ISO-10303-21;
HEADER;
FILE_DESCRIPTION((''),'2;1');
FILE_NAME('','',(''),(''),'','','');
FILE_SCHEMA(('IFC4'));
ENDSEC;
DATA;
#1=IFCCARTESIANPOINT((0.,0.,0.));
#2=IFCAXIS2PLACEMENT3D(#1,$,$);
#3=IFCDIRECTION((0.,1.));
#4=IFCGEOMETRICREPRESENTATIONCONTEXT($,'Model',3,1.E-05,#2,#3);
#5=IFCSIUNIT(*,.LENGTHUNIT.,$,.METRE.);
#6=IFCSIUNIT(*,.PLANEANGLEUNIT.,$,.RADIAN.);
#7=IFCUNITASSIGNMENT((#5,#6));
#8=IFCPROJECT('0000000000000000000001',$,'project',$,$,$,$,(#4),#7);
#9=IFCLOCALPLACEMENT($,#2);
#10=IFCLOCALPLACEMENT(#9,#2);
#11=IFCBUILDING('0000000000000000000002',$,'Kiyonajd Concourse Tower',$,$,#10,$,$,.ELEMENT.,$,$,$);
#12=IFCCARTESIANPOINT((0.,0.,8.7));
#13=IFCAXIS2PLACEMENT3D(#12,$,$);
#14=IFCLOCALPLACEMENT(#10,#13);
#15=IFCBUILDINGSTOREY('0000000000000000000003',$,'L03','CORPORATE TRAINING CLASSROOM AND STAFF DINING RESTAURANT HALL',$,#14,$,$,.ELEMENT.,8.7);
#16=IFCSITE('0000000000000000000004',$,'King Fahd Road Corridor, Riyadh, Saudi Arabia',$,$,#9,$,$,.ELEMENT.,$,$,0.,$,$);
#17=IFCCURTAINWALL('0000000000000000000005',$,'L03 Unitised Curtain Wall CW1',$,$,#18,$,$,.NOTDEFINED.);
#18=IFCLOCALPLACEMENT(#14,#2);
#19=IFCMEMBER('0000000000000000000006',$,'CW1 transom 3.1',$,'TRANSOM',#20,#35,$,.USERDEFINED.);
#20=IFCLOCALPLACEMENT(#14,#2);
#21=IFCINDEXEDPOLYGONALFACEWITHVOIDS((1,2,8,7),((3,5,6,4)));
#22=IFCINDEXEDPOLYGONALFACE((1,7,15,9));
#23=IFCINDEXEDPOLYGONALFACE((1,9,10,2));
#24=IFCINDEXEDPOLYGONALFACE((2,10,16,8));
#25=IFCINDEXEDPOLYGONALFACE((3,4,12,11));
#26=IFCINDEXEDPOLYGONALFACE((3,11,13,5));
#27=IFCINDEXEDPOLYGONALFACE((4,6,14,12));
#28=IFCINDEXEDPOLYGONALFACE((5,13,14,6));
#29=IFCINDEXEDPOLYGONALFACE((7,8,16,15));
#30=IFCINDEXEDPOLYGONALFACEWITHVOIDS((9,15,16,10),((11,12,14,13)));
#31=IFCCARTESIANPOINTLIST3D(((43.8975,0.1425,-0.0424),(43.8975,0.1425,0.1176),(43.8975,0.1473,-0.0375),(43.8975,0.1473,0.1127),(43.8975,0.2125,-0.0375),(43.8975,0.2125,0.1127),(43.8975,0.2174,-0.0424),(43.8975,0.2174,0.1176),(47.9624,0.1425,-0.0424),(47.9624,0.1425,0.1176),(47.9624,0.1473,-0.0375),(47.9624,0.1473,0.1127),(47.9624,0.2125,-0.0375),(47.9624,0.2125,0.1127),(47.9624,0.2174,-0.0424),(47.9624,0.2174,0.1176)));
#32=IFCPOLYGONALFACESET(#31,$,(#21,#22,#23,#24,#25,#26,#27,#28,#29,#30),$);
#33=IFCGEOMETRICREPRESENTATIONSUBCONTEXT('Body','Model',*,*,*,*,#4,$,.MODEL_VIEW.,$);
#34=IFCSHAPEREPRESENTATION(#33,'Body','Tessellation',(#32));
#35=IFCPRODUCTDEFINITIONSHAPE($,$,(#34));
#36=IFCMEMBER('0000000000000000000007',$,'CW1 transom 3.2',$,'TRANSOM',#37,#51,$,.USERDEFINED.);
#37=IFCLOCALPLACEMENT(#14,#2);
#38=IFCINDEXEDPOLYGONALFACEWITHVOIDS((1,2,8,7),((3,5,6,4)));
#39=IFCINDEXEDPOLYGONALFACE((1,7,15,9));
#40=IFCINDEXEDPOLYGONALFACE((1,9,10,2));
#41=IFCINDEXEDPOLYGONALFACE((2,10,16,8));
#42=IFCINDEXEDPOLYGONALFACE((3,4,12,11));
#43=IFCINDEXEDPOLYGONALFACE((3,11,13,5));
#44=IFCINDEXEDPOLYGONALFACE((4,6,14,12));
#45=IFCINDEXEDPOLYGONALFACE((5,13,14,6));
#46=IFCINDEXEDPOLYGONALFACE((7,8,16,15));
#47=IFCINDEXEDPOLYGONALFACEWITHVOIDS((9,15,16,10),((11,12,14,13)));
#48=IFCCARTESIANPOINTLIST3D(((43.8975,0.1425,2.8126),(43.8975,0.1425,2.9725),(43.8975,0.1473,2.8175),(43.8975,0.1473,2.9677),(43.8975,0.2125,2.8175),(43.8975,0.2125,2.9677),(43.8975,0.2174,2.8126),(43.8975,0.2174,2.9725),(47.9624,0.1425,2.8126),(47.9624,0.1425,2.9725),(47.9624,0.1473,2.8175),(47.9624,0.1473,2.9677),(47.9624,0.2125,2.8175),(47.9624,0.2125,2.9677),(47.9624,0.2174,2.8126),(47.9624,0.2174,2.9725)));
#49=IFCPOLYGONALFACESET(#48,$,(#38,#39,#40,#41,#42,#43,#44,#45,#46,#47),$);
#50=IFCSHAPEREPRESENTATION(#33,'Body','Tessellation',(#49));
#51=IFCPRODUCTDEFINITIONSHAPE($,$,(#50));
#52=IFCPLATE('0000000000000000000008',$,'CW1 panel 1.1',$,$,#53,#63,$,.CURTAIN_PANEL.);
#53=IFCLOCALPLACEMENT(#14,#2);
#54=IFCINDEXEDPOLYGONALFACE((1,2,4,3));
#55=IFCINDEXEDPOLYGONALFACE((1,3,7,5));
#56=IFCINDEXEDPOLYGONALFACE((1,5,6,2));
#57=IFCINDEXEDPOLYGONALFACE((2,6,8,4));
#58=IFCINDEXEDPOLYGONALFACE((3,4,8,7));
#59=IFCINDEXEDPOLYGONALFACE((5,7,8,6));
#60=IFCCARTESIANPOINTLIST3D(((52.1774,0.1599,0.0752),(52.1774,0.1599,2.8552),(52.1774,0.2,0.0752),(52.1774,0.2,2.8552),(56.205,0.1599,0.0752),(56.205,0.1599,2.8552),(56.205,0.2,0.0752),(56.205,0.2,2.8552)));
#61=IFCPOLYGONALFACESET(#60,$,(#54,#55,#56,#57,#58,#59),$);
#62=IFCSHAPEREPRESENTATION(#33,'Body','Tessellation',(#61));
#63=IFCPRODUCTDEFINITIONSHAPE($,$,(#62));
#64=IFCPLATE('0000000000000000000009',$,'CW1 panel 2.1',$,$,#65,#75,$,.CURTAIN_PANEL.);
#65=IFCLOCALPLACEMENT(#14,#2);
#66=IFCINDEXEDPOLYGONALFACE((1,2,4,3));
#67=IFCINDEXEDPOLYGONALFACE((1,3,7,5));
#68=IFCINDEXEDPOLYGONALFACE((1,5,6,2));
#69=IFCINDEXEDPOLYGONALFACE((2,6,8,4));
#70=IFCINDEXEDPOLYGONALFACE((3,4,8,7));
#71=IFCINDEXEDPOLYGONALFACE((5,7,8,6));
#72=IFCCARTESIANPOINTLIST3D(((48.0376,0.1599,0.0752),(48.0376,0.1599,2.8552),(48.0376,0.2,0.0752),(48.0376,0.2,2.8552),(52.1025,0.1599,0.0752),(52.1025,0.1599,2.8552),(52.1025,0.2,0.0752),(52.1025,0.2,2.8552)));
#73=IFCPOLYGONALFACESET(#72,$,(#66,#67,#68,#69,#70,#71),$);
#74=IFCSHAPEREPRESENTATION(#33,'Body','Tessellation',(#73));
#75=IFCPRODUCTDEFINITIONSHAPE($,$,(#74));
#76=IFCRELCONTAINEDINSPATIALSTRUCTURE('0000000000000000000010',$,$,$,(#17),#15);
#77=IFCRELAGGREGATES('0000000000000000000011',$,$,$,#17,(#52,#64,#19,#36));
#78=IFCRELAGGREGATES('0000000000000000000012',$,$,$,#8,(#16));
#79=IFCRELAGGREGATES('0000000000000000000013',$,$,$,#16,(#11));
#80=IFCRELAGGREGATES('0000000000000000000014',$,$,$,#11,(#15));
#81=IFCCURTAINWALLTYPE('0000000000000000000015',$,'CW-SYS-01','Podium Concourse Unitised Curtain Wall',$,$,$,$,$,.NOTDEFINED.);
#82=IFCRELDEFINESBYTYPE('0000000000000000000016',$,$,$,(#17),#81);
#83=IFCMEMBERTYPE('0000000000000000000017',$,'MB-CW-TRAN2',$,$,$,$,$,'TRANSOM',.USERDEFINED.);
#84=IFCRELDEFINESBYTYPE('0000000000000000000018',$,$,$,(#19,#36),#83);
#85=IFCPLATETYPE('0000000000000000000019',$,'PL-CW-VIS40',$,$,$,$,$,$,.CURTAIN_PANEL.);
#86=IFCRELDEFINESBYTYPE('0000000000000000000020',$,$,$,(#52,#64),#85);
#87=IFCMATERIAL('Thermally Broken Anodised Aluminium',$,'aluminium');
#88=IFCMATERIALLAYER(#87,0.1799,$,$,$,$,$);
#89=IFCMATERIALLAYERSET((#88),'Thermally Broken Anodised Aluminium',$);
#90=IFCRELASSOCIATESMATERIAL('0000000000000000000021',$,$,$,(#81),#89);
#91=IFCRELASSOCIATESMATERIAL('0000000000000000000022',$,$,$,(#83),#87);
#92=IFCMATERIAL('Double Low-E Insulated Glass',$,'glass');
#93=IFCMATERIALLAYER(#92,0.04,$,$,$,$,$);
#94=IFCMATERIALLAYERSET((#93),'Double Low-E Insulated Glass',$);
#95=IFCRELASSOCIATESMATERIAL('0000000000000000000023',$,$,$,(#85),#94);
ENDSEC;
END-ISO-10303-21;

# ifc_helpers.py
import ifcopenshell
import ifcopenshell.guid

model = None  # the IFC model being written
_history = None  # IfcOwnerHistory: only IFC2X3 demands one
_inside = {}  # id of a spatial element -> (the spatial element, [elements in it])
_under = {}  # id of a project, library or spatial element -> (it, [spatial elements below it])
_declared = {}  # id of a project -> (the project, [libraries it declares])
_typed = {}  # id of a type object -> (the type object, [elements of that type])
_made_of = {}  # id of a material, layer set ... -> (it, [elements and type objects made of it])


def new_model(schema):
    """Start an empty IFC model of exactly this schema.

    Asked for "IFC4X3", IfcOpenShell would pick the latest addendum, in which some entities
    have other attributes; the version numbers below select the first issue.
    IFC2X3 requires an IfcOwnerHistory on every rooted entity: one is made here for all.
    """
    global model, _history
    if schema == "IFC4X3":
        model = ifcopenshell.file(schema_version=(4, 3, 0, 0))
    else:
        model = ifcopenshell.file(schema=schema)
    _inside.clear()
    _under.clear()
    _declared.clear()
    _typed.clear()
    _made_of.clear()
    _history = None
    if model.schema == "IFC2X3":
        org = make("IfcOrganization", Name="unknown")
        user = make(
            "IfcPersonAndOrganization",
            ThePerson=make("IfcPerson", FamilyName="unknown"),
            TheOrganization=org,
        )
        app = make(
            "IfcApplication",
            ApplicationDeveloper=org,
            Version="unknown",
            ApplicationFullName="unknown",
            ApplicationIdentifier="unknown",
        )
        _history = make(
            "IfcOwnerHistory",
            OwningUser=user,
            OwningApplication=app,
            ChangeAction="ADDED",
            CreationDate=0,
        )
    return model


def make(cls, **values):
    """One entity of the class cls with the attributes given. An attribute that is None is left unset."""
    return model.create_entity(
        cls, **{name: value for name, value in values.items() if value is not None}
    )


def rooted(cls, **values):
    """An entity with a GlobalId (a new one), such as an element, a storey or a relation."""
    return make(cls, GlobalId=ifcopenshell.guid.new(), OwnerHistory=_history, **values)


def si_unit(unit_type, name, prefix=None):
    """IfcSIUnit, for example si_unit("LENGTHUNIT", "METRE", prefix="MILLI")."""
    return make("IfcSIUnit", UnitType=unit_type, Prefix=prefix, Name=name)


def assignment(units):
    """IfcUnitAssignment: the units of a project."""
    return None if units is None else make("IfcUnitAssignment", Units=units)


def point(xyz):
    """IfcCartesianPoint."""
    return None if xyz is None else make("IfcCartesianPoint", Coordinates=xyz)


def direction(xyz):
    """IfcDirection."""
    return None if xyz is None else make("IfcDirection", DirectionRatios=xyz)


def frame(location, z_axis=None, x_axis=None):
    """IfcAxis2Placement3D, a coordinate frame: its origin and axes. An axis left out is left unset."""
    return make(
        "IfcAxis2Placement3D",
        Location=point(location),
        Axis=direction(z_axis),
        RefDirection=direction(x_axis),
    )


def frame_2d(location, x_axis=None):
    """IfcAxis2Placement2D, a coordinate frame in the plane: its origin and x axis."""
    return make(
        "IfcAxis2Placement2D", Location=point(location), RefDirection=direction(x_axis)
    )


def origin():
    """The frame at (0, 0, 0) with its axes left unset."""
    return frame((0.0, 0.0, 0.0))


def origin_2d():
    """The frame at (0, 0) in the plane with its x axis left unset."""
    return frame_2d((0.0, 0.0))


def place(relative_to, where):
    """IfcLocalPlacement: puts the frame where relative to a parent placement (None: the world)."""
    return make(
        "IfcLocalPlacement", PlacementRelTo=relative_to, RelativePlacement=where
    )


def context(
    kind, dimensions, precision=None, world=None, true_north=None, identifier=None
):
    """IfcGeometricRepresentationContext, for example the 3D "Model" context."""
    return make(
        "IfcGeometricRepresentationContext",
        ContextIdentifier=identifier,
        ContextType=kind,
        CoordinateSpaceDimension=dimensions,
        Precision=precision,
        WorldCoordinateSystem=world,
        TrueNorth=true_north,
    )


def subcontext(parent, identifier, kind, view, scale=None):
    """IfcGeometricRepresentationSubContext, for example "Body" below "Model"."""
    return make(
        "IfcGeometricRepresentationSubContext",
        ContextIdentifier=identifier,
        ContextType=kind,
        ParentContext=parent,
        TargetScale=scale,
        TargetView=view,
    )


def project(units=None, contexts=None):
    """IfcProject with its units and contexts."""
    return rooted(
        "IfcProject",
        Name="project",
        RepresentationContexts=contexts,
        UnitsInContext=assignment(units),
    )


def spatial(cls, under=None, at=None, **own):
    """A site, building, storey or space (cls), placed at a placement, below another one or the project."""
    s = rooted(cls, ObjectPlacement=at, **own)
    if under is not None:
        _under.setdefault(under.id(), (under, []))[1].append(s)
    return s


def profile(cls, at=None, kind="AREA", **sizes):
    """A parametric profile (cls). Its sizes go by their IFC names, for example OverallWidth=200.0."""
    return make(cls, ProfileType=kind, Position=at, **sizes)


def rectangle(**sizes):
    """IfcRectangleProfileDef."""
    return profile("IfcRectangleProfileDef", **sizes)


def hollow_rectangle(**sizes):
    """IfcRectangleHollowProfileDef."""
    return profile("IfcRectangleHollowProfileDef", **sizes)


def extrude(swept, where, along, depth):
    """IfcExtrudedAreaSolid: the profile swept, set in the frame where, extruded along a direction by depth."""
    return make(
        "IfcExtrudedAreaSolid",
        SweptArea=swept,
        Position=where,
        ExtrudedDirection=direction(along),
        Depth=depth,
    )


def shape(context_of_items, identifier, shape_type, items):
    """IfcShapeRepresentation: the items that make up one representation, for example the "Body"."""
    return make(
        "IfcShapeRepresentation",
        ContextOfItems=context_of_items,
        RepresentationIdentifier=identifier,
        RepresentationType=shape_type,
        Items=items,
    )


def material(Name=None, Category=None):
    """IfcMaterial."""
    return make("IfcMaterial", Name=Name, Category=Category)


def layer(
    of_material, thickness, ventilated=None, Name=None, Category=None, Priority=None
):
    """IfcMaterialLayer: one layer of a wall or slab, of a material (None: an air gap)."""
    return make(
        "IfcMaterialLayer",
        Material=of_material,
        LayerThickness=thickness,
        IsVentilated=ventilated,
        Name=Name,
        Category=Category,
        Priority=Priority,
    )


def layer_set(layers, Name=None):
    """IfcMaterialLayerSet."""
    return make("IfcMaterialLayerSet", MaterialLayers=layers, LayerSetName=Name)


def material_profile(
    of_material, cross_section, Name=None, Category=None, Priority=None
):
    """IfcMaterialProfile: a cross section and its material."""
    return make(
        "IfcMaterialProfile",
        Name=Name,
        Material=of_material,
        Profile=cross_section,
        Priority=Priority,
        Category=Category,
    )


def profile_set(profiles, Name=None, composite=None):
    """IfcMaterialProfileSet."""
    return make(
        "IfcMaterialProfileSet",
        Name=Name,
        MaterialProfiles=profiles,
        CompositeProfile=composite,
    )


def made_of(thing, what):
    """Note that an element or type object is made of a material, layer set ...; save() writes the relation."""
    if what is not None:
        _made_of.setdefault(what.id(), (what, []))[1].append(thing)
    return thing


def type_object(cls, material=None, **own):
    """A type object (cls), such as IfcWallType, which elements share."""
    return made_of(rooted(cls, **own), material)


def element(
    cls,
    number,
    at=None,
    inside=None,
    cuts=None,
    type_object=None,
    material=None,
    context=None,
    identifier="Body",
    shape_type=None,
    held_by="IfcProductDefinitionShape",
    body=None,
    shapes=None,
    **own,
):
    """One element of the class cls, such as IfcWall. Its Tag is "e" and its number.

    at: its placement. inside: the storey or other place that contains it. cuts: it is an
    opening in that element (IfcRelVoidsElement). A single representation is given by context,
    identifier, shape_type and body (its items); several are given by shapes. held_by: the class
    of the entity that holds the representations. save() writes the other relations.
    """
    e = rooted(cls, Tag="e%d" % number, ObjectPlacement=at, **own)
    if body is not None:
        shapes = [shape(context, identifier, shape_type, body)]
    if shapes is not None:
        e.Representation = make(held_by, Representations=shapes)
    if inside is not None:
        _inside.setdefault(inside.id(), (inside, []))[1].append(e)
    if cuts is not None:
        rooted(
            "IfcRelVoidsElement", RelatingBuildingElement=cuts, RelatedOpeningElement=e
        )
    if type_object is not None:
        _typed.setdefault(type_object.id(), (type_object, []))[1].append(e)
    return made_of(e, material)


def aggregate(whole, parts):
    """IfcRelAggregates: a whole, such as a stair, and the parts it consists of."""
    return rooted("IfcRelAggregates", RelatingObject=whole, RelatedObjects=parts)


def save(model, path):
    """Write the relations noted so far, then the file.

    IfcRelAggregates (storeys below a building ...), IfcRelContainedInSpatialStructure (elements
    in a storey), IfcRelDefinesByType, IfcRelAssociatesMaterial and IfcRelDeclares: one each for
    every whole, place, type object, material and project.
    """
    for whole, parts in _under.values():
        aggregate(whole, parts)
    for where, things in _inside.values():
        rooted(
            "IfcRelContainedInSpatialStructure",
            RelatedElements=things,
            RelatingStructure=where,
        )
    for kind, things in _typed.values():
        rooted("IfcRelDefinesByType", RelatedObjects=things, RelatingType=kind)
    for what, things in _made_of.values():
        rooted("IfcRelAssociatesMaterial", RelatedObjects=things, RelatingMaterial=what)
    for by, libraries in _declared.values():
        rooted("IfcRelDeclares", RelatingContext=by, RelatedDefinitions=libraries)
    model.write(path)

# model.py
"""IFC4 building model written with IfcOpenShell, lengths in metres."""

from ifc_helpers import new_model, si_unit, direction, frame, origin, origin_2d, place, context, subcontext, project, spatial, rectangle, hollow_rectangle, extrude, material, layer, layer_set, material_profile, profile_set, type_object, element, aggregate, save


model = new_model("IFC4")

# Units and contexts
model_context = context("Model", 3, precision=1e-05, world=origin(), true_north=direction((0.0, 1.0)))
body_context = subcontext(model_context, "Body", "Model", "MODEL_VIEW")
ifc_project = project(units=[si_unit("LENGTHUNIT", "METRE"), si_unit("PLANEANGLEUNIT", "RADIAN")], contexts=[model_context])

# Site, building, storey
site_placement = place(None, origin())
site = spatial("IfcSite", under=ifc_project, at=site_placement, Name="King Fahd Road Corridor, Riyadh, Saudi Arabia", CompositionType="ELEMENT", RefElevation=0.0)
building_placement = place(site_placement, origin())
building = spatial("IfcBuilding", under=site, at=building_placement, Name="Kiyonajd Concourse Tower", CompositionType="ELEMENT")
storey_placement = place(building_placement, frame((0.0, 0.0, 8.7)))
storey = spatial("IfcBuildingStorey", under=building, at=storey_placement, Name="L03", Description="CORPORATE TRAINING CLASSROOM AND STAFF DINING RESTAURANT HALL", CompositionType="ELEMENT", Elevation=8.7)

# Curtain wall, members, plates
ifc_material_1 = material(Name="Thermally Broken Anodised Aluminium", Category="aluminium")
ifc_layer_1 = layer(ifc_material_1, 0.1799)
ifc_layer_set_1 = layer_set([ifc_layer_1], Name="Thermally Broken Anodised Aluminium")
curtain_wall_type = type_object("IfcCurtainWallType", Name="CW-SYS-01", Description="Podium Concourse Unitised Curtain Wall", PredefinedType="NOTDEFINED", material=ifc_layer_set_1)
curtain_wall_placement = place(storey_placement, origin())
curtain_wall = element("IfcCurtainWall", 1, at=curtain_wall_placement, inside=storey, type_object=curtain_wall_type, Name="L03 Unitised Curtain Wall CW1", PredefinedType="NOTDEFINED")
ifc_material_profile_1 = material_profile(ifc_material_1, hollow_rectangle(XDim=0.075, YDim=0.1599, WallThickness=0.0049, at=origin_2d()), Name="TRAN-75x160")
ifc_profile_set_1 = profile_set([ifc_material_profile_1], Name="Thermally Broken Anodised Aluminium")
member_type_1 = type_object("IfcMemberType", Name="MB-CW-TRAN2", ElementType="TRANSOM", PredefinedType="USERDEFINED", material=ifc_profile_set_1)
member_1_placement = place(storey_placement, frame((47.9624, 0.1799, 0.0376), z_axis=(-1.0, 0.0, 0.0), x_axis=(0.0, -1.0, 0.0)))
member_1 = element("IfcMember", 2, at=member_1_placement, type_object=member_type_1, Name="CW1 transom 3.1", ObjectType="TRANSOM", PredefinedType="USERDEFINED", context=body_context, shape_type="SweptSolid", body=[
    extrude(hollow_rectangle(XDim=0.075, YDim=0.1599, WallThickness=0.0049, at=origin_2d()), origin(), (0.0, 0.0, 1.0), 4.0649),
])
member_2_placement = place(storey_placement, frame((47.9624, 0.1799, 2.8926), z_axis=(-1.0, 0.0, 0.0), x_axis=(0.0, -1.0, 0.0)))
member_2 = element("IfcMember", 3, at=member_2_placement, type_object=member_type_1, Name="CW1 transom 3.2", ObjectType="TRANSOM", PredefinedType="USERDEFINED", context=body_context, shape_type="SweptSolid", body=[
    extrude(hollow_rectangle(XDim=0.075, YDim=0.1599, WallThickness=0.0049, at=origin_2d()), origin(), (0.0, 0.0, 1.0), 4.0649),
])
ifc_material_2 = material(Name="Double Low-E Insulated Glass", Category="glass")
ifc_layer_2 = layer(ifc_material_2, 0.04)
ifc_layer_set_2 = layer_set([ifc_layer_2], Name="Double Low-E Insulated Glass")
plate_type = type_object("IfcPlateType", Name="PL-CW-VIS40", PredefinedType="CURTAIN_PANEL", material=ifc_layer_set_2)
plate_1_placement = place(storey_placement, frame((54.1912, 0.1799, 0.0752), z_axis=(0.0, 0.0, 1.0), x_axis=(-1.0, 0.0, 0.0)))
plate_1 = element("IfcPlate", 4, at=plate_1_placement, type_object=plate_type, Name="CW1 panel 1.1", PredefinedType="CURTAIN_PANEL", context=body_context, shape_type="SweptSolid", body=[
    extrude(rectangle(XDim=4.0276, YDim=0.04, at=origin_2d()), origin(), (0.0, 0.0, 1.0), 2.78),
])
plate_2_placement = place(storey_placement, frame((50.0701, 0.1799, 0.0752), z_axis=(0.0, 0.0, 1.0), x_axis=(-1.0, 0.0, 0.0)))
plate_2 = element("IfcPlate", 5, at=plate_2_placement, type_object=plate_type, Name="CW1 panel 2.1", PredefinedType="CURTAIN_PANEL", context=body_context, shape_type="SweptSolid", body=[
    extrude(rectangle(XDim=4.0649, YDim=0.04, at=origin_2d()), origin(), (0.0, 0.0, 1.0), 2.78),
])
aggregate(curtain_wall, [plate_1, plate_2, member_1, member_2])

save(model, "model.ifc")
